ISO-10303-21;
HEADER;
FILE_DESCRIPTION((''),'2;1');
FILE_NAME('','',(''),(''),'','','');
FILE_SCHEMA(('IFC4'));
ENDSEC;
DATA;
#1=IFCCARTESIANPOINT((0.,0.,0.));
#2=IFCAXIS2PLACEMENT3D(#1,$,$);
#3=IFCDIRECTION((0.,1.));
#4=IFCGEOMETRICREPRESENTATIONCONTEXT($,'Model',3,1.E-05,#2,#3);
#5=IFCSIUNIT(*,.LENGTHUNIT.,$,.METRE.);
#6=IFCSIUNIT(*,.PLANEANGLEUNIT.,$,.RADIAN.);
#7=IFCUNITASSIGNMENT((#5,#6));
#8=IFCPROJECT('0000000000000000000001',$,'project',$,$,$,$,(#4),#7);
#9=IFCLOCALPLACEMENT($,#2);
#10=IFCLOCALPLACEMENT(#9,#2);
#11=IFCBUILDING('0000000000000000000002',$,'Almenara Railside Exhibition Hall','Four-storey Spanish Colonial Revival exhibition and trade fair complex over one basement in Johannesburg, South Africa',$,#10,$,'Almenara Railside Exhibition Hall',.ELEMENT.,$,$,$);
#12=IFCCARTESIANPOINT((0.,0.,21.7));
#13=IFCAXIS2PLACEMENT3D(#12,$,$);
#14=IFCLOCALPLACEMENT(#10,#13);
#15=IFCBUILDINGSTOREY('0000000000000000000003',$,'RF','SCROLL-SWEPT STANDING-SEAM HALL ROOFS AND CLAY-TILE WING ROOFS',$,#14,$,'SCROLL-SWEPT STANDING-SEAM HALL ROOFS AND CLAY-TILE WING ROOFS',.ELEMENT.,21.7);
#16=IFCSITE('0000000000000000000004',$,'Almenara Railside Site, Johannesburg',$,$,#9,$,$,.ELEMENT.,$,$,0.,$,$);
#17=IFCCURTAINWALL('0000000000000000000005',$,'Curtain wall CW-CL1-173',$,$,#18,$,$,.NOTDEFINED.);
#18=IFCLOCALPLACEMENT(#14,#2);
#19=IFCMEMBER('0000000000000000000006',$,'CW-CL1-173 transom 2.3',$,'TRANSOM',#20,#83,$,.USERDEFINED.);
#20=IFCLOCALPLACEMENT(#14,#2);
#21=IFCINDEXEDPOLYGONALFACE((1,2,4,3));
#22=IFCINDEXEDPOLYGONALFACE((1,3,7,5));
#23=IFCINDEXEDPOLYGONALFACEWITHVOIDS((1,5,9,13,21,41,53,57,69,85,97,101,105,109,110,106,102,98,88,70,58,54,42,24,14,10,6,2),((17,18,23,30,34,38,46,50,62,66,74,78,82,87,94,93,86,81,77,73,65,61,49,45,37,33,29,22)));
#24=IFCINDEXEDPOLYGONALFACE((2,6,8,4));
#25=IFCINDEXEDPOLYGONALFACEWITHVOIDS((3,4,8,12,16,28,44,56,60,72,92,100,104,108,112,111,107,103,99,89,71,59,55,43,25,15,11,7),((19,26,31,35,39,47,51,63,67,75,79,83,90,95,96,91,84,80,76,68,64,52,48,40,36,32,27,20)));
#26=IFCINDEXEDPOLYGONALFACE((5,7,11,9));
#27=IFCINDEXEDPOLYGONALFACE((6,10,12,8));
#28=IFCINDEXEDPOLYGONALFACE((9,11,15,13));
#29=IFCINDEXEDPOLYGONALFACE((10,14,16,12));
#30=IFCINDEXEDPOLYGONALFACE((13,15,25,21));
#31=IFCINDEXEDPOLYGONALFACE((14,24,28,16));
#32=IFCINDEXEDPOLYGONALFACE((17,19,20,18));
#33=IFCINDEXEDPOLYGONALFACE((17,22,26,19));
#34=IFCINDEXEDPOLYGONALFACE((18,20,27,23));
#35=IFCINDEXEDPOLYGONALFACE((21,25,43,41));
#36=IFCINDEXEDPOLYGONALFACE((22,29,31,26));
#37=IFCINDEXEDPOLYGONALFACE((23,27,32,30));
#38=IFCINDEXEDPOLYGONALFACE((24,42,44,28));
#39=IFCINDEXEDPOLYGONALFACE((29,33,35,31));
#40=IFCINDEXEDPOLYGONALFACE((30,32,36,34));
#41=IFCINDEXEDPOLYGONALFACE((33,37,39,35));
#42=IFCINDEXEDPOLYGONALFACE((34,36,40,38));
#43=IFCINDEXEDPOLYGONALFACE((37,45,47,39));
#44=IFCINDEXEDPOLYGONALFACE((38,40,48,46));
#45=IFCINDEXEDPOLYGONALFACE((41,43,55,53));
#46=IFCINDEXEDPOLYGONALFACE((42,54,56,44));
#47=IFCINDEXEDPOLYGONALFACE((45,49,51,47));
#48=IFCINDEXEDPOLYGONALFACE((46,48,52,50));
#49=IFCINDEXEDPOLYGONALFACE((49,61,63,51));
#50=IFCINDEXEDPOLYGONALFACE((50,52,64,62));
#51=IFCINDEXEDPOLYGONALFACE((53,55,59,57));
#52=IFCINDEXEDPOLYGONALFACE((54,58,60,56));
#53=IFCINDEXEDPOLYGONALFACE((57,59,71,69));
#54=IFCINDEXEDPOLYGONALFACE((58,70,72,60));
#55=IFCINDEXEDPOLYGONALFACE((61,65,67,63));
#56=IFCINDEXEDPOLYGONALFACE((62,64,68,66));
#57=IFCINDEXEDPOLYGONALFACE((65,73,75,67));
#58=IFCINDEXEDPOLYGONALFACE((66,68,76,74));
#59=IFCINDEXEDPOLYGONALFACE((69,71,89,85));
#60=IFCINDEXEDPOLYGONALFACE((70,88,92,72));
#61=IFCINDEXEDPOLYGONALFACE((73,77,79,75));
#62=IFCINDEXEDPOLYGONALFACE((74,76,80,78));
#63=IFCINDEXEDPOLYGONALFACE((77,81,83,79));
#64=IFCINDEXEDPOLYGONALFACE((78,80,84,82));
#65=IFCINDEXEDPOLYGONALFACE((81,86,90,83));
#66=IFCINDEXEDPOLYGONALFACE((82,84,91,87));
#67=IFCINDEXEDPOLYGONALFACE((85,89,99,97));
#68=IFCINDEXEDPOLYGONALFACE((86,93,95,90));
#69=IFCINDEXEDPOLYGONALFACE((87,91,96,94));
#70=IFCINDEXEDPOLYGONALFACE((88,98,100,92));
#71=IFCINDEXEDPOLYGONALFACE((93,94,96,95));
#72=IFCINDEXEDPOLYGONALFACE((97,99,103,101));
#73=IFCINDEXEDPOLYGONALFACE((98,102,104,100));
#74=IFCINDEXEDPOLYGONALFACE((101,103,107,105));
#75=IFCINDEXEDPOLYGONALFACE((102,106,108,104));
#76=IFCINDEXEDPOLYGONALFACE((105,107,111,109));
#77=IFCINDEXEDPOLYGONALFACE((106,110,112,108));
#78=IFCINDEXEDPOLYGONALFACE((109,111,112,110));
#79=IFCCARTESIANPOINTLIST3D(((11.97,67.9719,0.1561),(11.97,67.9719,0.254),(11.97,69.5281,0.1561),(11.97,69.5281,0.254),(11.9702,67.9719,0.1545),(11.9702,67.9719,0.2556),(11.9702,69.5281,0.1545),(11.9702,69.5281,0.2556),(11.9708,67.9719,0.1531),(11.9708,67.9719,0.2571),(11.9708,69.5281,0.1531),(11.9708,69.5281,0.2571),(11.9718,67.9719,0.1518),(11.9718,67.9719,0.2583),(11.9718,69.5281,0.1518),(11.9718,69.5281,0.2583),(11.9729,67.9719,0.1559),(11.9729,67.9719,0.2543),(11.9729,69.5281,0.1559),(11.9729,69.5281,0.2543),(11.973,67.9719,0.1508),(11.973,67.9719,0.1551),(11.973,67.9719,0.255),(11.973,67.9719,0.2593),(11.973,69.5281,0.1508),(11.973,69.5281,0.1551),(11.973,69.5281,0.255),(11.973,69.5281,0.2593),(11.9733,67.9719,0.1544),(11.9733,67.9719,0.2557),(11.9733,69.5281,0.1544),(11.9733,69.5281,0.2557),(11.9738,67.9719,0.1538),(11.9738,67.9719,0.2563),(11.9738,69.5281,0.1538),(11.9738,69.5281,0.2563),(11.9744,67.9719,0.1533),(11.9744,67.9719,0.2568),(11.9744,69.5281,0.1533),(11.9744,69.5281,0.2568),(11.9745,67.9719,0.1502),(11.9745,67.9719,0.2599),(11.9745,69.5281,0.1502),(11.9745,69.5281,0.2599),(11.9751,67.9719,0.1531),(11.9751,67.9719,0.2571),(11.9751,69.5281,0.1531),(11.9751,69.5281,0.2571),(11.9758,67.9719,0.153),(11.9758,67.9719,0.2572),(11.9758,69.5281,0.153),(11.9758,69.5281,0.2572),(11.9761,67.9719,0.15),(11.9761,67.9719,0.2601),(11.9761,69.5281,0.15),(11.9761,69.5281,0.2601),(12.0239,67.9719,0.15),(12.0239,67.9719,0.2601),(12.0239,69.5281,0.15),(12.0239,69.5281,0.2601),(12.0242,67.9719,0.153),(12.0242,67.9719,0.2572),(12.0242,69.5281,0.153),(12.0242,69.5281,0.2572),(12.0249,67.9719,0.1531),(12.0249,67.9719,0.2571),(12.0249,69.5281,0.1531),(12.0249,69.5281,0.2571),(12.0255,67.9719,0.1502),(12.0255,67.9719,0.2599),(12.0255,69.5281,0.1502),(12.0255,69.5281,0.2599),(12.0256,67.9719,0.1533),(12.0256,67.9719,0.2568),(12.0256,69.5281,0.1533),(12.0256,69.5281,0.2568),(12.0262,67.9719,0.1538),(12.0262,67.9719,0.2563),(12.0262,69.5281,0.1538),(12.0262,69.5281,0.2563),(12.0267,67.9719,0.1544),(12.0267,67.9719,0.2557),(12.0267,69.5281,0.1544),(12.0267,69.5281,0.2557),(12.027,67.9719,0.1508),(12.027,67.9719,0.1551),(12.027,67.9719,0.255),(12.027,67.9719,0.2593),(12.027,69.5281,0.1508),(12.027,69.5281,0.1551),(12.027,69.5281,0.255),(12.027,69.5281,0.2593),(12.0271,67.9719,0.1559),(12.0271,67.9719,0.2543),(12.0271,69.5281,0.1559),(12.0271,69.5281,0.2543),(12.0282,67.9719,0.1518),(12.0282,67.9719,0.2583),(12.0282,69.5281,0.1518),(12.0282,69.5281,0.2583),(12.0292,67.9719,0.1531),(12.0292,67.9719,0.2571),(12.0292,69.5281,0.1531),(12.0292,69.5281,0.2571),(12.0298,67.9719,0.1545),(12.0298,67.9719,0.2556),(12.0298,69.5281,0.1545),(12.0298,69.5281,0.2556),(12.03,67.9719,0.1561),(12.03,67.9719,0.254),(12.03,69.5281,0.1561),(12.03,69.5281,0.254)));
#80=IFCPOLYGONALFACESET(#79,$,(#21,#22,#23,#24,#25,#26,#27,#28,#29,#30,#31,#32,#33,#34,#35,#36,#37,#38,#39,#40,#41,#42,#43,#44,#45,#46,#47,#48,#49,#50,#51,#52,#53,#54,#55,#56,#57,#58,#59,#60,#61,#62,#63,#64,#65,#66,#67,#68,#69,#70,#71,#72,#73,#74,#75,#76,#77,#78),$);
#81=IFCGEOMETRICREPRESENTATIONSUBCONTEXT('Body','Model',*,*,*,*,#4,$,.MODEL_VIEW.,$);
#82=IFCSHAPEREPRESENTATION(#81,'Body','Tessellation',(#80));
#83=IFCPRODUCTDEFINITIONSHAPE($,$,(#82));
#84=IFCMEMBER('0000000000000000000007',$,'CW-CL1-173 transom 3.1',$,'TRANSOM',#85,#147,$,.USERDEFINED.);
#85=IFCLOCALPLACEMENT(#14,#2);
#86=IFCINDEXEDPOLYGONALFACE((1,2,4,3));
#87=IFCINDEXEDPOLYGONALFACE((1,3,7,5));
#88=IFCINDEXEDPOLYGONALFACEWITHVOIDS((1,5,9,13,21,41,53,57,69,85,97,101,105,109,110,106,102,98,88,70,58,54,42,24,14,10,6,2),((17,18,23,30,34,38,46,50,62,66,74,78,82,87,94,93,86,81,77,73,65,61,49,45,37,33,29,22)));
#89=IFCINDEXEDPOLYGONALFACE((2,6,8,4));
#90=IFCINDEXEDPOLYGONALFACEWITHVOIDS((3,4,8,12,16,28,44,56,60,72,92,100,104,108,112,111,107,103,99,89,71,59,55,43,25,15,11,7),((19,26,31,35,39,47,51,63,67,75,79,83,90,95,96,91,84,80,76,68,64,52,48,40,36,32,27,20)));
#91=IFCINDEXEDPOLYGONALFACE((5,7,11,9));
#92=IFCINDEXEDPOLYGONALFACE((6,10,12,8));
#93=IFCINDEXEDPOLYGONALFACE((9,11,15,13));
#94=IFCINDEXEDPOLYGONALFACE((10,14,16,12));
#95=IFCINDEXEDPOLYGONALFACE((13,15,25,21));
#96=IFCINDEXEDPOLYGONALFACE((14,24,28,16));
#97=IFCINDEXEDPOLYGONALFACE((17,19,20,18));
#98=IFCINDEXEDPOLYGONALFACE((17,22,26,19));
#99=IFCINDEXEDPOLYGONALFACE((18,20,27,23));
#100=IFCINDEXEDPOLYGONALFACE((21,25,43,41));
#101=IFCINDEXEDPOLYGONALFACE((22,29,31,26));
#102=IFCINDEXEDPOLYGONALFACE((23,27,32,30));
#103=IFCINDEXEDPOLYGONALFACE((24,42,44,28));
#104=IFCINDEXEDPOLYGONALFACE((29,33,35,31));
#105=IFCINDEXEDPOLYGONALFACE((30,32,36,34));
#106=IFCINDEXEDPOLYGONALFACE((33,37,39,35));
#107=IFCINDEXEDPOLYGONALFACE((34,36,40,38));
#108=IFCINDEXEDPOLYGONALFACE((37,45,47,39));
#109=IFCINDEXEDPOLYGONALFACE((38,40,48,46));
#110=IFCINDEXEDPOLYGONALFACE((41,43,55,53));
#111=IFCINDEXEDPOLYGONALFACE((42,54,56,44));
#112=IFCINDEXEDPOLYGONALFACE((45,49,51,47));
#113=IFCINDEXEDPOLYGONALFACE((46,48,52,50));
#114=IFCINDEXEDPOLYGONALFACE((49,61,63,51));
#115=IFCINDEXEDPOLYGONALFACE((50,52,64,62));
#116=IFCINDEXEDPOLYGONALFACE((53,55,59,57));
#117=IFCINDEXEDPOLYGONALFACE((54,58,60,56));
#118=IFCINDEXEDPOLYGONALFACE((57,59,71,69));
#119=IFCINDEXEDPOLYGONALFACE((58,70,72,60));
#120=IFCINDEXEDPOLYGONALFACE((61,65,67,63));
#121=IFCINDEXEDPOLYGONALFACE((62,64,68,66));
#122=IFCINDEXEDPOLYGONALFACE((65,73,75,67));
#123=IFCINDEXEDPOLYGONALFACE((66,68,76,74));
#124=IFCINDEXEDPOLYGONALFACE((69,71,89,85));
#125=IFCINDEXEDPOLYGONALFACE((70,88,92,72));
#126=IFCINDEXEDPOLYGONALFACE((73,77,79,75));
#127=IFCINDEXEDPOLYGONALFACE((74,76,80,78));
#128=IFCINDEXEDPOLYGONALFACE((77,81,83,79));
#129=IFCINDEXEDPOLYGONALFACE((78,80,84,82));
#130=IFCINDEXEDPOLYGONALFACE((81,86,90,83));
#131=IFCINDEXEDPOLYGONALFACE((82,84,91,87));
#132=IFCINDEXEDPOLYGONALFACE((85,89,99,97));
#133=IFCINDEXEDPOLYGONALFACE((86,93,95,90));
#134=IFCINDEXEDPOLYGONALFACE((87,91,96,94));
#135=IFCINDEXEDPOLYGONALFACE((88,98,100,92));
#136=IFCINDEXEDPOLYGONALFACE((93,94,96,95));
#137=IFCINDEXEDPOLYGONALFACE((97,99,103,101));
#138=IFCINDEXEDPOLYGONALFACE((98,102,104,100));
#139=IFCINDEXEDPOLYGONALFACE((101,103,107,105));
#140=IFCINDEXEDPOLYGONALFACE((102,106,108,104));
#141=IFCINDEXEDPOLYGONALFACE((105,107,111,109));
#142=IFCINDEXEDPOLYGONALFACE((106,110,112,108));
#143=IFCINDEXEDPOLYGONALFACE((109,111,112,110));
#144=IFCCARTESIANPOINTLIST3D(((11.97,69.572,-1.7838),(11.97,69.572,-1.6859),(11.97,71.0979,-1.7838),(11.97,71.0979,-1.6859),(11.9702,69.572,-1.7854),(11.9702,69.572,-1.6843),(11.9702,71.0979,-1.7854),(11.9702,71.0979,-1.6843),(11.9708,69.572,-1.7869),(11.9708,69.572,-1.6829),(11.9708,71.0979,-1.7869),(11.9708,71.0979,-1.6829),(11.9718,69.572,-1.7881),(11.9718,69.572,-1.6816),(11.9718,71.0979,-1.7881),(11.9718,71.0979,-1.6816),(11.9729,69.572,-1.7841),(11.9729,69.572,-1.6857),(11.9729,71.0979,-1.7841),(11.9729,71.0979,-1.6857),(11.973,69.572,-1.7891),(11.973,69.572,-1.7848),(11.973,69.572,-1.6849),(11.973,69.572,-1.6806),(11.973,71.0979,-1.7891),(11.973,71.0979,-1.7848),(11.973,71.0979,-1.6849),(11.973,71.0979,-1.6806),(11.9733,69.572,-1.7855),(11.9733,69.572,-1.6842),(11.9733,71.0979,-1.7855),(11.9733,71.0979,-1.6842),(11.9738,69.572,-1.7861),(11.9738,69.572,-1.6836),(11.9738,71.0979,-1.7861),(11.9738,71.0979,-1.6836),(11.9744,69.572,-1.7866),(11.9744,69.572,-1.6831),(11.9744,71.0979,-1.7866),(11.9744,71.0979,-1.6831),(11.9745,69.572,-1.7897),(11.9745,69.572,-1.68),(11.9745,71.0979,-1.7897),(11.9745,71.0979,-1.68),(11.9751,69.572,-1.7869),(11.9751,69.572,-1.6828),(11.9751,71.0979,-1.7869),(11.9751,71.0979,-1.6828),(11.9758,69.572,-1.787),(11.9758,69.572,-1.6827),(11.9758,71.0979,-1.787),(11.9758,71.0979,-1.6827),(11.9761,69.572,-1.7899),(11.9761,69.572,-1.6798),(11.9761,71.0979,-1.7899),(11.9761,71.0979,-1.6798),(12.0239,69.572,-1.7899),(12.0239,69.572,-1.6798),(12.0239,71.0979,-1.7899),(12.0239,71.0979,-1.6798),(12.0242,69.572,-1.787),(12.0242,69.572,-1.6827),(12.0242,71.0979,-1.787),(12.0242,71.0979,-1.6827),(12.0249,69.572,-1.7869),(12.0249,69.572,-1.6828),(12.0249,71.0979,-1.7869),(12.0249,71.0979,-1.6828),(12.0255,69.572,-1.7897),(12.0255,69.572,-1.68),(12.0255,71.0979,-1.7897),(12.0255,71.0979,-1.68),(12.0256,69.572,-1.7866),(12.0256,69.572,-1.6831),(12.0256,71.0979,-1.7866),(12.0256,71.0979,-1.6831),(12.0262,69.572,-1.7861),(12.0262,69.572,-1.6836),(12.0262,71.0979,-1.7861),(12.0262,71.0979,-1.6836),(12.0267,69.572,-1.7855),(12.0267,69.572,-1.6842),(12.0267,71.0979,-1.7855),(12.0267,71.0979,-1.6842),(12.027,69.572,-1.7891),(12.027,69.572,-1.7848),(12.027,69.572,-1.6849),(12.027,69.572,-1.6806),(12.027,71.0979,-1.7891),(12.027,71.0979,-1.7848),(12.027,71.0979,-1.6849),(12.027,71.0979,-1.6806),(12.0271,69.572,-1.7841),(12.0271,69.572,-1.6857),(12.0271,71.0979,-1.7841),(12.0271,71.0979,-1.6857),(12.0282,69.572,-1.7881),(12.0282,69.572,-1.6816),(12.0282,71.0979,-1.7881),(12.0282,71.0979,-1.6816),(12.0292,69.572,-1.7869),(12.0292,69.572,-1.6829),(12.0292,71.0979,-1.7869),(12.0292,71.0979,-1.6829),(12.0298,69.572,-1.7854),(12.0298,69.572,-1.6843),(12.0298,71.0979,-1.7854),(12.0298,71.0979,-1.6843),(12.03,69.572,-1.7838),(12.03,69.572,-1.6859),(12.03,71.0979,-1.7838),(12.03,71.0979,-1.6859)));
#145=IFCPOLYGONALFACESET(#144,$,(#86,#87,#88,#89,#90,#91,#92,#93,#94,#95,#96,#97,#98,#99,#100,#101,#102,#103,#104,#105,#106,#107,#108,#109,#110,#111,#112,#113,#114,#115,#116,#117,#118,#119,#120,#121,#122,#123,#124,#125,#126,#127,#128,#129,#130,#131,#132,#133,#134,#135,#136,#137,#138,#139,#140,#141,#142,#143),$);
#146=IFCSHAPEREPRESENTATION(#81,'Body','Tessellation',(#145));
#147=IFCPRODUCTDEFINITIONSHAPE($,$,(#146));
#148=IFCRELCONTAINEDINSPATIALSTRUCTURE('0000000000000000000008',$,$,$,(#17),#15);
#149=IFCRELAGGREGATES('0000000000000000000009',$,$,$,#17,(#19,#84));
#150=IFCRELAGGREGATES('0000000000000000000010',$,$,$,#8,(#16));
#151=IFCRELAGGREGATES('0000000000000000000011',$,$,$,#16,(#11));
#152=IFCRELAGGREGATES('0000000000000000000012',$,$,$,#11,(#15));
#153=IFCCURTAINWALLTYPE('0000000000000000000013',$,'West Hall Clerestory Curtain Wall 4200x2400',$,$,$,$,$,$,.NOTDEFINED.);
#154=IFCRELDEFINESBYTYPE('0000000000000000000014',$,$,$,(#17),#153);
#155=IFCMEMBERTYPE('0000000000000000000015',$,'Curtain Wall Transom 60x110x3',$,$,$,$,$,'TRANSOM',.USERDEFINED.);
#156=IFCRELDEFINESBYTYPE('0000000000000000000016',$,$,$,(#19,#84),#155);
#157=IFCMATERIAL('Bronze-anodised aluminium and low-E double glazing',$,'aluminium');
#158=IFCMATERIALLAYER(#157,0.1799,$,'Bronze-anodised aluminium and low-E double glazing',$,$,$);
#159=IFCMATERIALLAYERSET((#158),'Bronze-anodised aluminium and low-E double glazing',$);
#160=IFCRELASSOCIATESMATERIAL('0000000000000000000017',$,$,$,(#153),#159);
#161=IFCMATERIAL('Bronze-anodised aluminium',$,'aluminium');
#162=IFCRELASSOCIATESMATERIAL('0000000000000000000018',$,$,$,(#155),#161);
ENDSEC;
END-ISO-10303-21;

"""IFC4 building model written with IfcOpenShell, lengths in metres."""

from ifc_helpers import new_model, si_unit, direction, frame, origin, origin_2d, place, context, subcontext, project, spatial, hollow_rectangle, extrude, material, layer, layer_set, material_profile, profile_set, type_object, element, aggregate, save


model = new_model("IFC4")

# Units and contexts
model_context = context("Model", 3, precision=1e-05, world=origin(), true_north=direction((0.0, 1.0)))
body_context = subcontext(model_context, "Body", "Model", "MODEL_VIEW")
ifc_project = project(units=[si_unit("LENGTHUNIT", "METRE"), si_unit("PLANEANGLEUNIT", "RADIAN")], contexts=[model_context])

# Site, building, storey
site_placement = place(None, origin())
site = spatial("IfcSite", under=ifc_project, at=site_placement, Name="Almenara Railside Site, Johannesburg", CompositionType="ELEMENT", RefElevation=0.0)
building_placement = place(site_placement, origin())
building = spatial("IfcBuilding", under=site, at=building_placement, Name="Almenara Railside Exhibition Hall", Description="Four-storey Spanish Colonial Revival exhibition and trade fair complex over one basement in Johannesburg, South Africa", LongName="Almenara Railside Exhibition Hall", CompositionType="ELEMENT")
storey_placement = place(building_placement, frame((0.0, 0.0, 21.7)))
storey = spatial("IfcBuildingStorey", under=building, at=storey_placement, Name="RF", Description="SCROLL-SWEPT STANDING-SEAM HALL ROOFS AND CLAY-TILE WING ROOFS", LongName="SCROLL-SWEPT STANDING-SEAM HALL ROOFS AND CLAY-TILE WING ROOFS", CompositionType="ELEMENT", Elevation=21.7)

# Curtain wall
ifc_material_1 = material(Name="Bronze-anodised aluminium and low-E double glazing", Category="aluminium")
ifc_layer_1 = layer(ifc_material_1, 0.1799, Name="Bronze-anodised aluminium and low-E double glazing")
ifc_layer_set_1 = layer_set([ifc_layer_1], Name="Bronze-anodised aluminium and low-E double glazing")
curtain_wall_type = type_object("IfcCurtainWallType", Name="West Hall Clerestory Curtain Wall 4200x2400", PredefinedType="NOTDEFINED", material=ifc_layer_set_1)
curtain_wall_1_placement = place(storey_placement, origin())
curtain_wall_1 = element("IfcCurtainWall", 1, at=curtain_wall_1_placement, inside=storey, type_object=curtain_wall_type, Name="Curtain wall CW-CL1-173", PredefinedType="NOTDEFINED")
ifc_material_2 = material(Name="Bronze-anodised aluminium", Category="aluminium")

# Members
ifc_material_profile_1 = material_profile(ifc_material_2, hollow_rectangle(XDim=0.0601, YDim=0.1101, WallThickness=0.0029, InnerFilletRadius=0.0029, OuterFilletRadius=0.0061, at=origin_2d()), Name="ALU-TRN 60x110x3")
ifc_profile_set_1 = profile_set([ifc_material_profile_1], Name="Bronze-anodised aluminium")
member_type_1 = type_object("IfcMemberType", Name="Curtain Wall Transom 60x110x3", ElementType="TRANSOM", PredefinedType="USERDEFINED", material=ifc_profile_set_1)
member_1_placement = place(storey_placement, frame((12.0, 67.9719, 0.2051), z_axis=(0.0, 1.0, 0.0), x_axis=(-1.0, 0.0, 0.0)))
member_1 = element("IfcMember", 2, at=member_1_placement, type_object=member_type_1, Name="CW-CL1-173 transom 2.3", ObjectType="TRANSOM", PredefinedType="USERDEFINED", context=body_context, shape_type="SweptSolid", body=[
    extrude(hollow_rectangle(XDim=0.0601, YDim=0.1101, WallThickness=0.0029, InnerFilletRadius=0.0029, OuterFilletRadius=0.0061, at=origin_2d()), origin(), (0.0, 0.0, 1.0), 1.5562),
])
member_2_placement = place(storey_placement, frame((12.0, 69.572, -1.7349), z_axis=(0.0, 1.0, 0.0), x_axis=(-1.0, 0.0, 0.0)))
member_2 = element("IfcMember", 3, at=member_2_placement, type_object=member_type_1, Name="CW-CL1-173 transom 3.1", ObjectType="TRANSOM", PredefinedType="USERDEFINED", context=body_context, shape_type="SweptSolid", body=[
    extrude(hollow_rectangle(XDim=0.0601, YDim=0.1101, WallThickness=0.0029, InnerFilletRadius=0.0029, OuterFilletRadius=0.0061, at=origin_2d()), origin(), (0.0, 0.0, 1.0), 1.5259),
])

aggregate(curtain_wall_1, [member_1, member_2])

save(model, "model.ifc")
